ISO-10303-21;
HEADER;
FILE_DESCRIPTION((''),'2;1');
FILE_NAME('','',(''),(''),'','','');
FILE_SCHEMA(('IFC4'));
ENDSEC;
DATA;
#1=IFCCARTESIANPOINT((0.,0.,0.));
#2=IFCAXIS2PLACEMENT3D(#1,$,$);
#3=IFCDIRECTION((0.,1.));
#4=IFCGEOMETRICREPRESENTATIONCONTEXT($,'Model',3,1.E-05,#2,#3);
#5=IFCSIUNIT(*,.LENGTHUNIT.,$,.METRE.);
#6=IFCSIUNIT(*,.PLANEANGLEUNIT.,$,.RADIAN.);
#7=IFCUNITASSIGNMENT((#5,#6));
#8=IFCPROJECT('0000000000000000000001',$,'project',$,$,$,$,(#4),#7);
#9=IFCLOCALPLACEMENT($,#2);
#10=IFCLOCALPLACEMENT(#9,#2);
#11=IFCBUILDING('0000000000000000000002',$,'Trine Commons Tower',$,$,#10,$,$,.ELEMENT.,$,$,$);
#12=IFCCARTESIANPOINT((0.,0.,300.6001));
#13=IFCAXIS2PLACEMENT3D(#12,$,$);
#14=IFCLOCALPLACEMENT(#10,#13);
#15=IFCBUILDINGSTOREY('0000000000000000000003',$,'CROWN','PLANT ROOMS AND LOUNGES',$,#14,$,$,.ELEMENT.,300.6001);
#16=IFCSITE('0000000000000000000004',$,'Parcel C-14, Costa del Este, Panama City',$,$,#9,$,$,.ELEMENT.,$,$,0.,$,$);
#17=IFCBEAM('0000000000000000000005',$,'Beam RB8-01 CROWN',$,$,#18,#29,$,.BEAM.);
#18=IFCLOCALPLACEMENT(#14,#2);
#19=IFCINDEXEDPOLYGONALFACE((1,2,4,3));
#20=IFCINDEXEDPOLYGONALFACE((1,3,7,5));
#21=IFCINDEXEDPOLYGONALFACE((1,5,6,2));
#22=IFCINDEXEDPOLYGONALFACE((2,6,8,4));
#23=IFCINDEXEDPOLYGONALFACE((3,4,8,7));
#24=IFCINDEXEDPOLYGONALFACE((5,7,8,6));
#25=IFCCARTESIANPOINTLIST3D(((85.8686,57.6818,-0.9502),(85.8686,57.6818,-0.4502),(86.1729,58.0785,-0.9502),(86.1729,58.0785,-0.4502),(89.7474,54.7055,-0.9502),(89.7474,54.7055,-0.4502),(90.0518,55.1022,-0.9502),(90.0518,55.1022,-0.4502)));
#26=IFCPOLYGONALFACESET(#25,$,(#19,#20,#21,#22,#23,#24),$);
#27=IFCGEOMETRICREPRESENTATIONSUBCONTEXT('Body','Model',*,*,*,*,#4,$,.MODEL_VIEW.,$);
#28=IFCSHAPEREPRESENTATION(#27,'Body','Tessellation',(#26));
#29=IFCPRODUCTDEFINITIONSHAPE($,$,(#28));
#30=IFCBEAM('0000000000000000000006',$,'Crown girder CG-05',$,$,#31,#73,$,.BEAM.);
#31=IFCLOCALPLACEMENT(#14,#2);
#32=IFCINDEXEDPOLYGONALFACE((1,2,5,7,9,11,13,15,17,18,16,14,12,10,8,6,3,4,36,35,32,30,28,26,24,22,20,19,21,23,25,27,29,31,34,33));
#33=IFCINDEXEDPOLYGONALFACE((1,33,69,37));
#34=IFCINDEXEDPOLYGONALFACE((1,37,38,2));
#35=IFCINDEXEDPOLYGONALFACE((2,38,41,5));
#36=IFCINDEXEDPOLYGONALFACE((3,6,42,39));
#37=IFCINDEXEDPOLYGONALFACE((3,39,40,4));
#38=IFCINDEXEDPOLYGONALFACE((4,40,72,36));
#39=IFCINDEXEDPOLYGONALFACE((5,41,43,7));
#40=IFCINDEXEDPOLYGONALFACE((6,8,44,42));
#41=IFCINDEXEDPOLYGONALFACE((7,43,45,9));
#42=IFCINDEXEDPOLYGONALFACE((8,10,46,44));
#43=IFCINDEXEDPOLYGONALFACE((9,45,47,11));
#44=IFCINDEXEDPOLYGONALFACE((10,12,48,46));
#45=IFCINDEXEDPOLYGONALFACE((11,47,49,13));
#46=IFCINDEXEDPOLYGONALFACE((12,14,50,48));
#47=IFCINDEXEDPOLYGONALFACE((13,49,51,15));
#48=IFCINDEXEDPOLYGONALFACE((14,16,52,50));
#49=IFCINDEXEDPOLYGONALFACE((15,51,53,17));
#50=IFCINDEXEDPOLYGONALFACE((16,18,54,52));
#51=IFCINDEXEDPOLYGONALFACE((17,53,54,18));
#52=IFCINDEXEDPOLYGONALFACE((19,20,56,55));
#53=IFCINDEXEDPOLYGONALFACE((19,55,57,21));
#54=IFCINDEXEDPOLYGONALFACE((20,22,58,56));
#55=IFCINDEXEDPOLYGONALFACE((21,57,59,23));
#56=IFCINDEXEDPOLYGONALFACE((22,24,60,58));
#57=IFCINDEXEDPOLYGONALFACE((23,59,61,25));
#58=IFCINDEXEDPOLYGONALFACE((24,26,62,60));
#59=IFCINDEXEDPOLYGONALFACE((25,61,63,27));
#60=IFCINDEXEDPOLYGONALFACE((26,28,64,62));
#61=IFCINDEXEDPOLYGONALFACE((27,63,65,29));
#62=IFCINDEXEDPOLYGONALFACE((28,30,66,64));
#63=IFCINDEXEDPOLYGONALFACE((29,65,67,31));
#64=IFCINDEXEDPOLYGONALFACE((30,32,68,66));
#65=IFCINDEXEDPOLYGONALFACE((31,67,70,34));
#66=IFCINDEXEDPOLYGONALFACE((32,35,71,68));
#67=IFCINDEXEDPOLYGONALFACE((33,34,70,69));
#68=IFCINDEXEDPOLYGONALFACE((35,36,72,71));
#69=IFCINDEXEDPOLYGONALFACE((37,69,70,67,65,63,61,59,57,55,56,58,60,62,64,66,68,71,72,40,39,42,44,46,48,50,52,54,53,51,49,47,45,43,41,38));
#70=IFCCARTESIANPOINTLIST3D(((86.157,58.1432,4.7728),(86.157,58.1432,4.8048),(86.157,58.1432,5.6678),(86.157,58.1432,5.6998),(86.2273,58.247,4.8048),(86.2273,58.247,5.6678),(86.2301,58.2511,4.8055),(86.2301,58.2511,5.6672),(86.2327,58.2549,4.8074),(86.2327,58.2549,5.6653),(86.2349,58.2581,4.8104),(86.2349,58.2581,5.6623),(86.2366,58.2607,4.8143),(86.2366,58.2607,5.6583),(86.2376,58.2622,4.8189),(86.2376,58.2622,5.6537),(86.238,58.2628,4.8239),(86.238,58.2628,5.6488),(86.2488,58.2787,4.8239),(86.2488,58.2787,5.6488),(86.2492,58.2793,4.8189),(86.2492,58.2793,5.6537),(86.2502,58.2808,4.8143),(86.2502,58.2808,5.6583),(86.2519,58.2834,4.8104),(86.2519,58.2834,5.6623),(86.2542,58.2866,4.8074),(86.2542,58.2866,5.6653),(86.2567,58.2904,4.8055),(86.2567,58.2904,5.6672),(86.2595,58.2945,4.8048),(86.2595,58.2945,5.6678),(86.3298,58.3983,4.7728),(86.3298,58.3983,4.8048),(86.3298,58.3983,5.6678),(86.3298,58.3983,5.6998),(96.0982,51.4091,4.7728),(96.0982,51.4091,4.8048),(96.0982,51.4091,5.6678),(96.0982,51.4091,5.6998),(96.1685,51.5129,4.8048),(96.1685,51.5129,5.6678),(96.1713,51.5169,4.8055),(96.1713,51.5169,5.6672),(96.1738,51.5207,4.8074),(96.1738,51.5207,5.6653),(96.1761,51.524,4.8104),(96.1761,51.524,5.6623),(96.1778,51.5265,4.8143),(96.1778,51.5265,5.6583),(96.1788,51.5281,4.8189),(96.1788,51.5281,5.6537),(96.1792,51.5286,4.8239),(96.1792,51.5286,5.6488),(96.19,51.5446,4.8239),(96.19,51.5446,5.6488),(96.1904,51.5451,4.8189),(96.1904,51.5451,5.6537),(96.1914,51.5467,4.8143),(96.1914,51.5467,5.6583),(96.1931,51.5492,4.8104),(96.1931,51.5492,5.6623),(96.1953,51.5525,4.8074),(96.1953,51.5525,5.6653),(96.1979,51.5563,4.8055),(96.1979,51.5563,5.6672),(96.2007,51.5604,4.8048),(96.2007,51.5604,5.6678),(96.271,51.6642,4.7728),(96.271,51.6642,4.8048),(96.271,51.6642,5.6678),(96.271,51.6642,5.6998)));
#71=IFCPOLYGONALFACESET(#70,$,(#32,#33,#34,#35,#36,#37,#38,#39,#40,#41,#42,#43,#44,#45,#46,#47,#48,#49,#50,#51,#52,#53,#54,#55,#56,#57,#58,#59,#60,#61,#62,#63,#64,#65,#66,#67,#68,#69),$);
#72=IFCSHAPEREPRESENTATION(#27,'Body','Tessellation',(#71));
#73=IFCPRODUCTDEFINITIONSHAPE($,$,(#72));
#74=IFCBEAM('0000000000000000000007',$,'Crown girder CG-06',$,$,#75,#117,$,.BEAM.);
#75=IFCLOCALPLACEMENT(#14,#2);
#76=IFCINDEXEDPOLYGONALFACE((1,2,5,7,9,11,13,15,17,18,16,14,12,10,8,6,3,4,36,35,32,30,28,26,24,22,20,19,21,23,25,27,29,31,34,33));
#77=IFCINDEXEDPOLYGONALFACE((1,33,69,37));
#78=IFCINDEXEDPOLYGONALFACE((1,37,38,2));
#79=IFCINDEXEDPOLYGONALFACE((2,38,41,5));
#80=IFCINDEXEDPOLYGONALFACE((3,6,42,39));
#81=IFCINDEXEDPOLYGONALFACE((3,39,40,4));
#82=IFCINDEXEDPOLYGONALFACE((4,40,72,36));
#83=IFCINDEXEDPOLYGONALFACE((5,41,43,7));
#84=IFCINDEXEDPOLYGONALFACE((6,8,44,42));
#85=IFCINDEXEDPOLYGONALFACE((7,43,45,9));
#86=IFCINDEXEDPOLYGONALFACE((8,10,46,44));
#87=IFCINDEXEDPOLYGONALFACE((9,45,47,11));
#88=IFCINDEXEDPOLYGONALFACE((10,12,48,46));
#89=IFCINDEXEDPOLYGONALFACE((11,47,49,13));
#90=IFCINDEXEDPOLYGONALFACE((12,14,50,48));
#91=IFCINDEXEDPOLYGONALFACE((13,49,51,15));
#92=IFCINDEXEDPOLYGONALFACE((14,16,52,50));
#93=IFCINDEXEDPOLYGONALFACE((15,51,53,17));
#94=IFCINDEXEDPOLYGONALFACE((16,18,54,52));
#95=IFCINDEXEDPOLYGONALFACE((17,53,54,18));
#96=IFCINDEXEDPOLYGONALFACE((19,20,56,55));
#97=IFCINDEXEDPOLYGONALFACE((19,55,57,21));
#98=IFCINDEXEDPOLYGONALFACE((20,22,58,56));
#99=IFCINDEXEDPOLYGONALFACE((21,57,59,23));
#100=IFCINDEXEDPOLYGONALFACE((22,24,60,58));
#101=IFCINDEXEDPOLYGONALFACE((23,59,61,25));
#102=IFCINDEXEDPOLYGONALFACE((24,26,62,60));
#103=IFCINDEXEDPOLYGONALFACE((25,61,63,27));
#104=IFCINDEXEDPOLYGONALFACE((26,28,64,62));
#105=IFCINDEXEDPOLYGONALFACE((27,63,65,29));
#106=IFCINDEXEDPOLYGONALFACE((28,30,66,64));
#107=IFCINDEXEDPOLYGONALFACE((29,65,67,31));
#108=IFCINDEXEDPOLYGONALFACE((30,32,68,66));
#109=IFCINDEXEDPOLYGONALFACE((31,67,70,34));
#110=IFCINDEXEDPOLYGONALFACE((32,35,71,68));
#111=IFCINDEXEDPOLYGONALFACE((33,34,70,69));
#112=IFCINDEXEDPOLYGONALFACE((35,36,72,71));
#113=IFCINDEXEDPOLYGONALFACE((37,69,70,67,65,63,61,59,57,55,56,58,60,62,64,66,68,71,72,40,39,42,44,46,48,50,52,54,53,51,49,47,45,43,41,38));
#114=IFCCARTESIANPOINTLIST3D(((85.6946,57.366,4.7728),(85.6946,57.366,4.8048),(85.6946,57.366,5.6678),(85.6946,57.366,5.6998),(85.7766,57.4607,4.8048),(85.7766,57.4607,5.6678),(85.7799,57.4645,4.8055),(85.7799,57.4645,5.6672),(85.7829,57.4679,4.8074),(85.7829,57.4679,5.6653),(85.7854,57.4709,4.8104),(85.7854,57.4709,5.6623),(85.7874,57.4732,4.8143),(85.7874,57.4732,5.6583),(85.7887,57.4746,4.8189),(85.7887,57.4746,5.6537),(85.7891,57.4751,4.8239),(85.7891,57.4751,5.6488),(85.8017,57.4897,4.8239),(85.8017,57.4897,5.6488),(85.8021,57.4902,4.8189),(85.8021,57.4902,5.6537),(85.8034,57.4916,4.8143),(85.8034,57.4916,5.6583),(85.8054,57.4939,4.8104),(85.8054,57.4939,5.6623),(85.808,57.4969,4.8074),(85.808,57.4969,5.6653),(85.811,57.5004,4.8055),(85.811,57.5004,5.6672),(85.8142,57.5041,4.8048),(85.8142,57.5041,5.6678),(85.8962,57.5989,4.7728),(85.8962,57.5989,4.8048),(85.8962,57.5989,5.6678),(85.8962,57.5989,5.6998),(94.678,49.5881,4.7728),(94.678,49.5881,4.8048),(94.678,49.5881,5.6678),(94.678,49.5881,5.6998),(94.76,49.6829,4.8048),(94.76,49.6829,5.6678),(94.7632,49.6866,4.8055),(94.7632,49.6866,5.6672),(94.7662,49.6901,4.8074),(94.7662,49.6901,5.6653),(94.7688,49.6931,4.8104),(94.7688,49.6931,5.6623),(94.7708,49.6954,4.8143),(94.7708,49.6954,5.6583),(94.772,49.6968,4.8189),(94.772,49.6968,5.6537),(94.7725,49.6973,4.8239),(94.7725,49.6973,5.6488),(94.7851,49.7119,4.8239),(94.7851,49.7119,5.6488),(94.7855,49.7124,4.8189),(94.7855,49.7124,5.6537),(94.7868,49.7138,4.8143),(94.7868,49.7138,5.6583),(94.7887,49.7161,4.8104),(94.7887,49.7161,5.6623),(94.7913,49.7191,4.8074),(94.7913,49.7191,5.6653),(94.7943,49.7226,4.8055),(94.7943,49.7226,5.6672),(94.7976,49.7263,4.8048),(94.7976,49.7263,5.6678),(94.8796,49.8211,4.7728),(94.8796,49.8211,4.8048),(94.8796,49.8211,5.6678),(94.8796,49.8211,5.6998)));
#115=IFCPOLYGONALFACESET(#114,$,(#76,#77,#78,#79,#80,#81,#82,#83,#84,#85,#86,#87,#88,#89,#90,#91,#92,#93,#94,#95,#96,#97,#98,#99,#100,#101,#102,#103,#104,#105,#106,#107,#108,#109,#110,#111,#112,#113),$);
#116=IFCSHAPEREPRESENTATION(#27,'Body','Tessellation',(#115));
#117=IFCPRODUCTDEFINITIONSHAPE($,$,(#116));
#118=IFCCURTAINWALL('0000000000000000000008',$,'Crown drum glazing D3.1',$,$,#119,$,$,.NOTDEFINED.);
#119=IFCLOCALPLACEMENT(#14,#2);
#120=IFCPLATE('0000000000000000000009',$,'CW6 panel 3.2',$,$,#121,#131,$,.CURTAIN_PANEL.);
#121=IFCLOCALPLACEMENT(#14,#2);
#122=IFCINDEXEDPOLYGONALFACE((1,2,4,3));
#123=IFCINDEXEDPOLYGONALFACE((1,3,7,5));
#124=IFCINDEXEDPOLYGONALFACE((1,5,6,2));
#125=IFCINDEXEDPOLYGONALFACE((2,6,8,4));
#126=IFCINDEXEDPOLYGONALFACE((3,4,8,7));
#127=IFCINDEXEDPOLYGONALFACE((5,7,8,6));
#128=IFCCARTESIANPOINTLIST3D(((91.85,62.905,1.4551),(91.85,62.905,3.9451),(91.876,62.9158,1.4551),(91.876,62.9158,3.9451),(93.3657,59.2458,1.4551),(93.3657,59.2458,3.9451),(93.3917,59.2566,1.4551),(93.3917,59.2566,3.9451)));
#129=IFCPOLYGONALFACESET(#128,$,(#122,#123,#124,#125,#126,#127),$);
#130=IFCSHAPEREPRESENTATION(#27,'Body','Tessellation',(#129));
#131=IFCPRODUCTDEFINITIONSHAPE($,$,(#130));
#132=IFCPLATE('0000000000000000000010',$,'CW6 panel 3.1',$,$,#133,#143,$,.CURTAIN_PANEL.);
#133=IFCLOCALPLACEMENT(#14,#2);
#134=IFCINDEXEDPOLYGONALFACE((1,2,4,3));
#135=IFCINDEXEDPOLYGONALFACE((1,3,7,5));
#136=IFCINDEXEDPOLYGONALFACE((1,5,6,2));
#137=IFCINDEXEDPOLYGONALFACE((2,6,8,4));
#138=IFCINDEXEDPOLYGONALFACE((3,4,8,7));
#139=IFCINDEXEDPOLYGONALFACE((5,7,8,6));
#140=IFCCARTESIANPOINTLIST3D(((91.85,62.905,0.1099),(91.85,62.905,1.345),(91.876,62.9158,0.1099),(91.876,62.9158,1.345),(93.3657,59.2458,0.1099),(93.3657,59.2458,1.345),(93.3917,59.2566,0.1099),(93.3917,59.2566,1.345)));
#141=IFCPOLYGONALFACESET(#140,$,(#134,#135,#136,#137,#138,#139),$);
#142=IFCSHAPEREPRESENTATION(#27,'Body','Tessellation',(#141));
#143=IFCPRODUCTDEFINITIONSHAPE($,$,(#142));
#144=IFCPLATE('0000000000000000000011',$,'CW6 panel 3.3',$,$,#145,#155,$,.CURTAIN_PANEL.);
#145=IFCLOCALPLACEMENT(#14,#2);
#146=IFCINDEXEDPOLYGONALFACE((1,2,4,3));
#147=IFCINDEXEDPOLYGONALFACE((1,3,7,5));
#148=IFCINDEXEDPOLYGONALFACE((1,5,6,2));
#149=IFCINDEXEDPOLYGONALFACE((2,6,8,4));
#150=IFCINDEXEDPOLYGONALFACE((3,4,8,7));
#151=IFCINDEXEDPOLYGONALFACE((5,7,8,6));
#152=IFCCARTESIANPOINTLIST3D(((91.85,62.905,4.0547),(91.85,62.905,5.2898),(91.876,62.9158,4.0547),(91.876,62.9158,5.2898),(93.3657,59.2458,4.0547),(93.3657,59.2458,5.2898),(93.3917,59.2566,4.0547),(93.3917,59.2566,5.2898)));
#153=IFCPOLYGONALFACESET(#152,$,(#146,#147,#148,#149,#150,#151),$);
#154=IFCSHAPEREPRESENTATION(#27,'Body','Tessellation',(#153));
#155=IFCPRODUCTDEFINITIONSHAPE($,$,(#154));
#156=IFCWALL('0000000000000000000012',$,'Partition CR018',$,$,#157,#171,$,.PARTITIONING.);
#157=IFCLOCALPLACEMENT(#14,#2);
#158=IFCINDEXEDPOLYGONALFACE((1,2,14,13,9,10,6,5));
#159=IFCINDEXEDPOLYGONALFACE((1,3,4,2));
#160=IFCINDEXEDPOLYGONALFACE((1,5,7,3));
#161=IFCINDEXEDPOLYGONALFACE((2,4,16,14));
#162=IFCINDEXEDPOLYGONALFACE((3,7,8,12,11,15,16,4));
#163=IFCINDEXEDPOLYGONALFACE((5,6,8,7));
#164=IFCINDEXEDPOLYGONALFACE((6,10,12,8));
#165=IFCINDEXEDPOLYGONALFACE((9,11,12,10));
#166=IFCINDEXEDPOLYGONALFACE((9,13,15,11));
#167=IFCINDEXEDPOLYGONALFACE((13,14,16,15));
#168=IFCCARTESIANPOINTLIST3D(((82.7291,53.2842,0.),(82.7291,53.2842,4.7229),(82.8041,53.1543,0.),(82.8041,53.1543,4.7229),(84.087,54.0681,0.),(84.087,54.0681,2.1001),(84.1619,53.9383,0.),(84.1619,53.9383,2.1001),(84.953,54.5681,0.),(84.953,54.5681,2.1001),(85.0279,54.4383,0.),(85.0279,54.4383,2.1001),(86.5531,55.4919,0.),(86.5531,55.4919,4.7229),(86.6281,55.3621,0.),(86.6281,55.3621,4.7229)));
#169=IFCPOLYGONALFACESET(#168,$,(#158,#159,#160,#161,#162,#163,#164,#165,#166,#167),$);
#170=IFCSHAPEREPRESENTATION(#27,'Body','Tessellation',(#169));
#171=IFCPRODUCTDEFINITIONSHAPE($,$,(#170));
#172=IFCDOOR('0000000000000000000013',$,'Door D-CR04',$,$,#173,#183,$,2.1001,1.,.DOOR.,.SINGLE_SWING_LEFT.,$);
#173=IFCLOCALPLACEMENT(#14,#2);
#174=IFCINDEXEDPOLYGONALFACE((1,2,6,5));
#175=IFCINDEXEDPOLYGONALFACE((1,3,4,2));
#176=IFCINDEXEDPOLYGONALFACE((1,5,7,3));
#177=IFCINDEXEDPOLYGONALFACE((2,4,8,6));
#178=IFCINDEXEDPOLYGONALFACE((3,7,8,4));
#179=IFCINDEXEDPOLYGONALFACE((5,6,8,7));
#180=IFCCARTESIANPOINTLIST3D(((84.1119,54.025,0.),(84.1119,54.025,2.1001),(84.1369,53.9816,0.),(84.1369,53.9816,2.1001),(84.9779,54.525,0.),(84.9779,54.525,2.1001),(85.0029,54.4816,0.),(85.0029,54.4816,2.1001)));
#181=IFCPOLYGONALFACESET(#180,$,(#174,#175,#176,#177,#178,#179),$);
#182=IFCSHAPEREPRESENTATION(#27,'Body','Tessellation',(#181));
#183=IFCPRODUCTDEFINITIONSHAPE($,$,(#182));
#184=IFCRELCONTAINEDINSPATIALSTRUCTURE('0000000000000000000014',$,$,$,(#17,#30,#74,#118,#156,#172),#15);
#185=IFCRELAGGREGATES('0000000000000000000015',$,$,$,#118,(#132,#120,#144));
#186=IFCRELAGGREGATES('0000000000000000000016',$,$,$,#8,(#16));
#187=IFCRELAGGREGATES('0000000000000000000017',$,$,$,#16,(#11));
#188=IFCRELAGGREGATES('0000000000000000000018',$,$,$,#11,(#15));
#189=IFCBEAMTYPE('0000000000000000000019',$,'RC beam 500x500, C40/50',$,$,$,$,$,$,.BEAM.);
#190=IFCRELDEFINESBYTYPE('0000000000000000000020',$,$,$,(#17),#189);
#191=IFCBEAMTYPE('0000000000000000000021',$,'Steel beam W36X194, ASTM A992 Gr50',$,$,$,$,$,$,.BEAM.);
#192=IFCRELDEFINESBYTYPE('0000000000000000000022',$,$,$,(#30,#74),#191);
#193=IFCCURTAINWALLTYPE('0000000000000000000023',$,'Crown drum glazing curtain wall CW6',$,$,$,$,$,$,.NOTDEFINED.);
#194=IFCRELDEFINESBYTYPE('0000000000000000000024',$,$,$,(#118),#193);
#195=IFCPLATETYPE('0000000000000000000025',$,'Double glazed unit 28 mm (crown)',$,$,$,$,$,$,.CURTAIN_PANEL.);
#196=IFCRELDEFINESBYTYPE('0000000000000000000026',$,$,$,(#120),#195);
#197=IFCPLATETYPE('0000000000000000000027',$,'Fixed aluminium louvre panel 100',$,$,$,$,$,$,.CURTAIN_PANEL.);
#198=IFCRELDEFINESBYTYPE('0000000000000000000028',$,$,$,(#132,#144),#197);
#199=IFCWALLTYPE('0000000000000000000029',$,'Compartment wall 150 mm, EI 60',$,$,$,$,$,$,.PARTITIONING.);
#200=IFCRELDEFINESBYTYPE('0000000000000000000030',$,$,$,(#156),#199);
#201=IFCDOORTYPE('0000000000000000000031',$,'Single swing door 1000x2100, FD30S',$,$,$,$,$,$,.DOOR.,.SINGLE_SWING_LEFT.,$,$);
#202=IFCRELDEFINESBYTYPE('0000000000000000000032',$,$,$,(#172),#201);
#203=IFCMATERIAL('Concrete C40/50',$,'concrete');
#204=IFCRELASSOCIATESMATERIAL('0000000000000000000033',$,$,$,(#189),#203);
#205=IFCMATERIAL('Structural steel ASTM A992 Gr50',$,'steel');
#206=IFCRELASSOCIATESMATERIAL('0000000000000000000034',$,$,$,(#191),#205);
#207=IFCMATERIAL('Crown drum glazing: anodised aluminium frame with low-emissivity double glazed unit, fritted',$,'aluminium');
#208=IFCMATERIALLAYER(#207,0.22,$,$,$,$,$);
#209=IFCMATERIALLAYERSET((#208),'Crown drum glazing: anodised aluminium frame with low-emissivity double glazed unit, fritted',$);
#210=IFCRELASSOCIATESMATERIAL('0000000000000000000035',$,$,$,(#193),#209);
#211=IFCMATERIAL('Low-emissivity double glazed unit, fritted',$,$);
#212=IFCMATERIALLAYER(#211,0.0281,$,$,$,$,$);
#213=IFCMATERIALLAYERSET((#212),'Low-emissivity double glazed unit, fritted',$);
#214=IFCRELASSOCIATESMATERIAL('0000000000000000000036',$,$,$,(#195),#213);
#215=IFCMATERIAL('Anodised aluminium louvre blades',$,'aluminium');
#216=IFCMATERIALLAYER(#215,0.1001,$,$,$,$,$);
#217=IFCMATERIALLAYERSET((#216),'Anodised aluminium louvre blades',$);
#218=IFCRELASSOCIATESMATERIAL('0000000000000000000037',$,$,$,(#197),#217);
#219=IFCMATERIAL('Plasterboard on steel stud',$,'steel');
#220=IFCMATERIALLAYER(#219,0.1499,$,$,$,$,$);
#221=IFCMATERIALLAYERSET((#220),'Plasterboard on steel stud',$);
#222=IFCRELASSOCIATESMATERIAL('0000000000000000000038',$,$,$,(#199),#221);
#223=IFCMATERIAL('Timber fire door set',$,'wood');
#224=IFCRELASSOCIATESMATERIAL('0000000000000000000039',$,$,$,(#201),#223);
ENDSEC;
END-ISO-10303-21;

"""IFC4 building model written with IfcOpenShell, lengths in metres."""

from ifc_helpers import new_model, si_unit, direction, frame, frame_2d, origin, origin_2d, place, context, subcontext, project, spatial, rectangle, i_section, extrude, material, layer, layer_set, material_profile, profile_set, type_object, element, fill, aggregate, save


model = new_model("IFC4")

# Units and contexts
model_context = context("Model", 3, precision=1e-05, world=origin(), true_north=direction((0.0, 1.0)))
body_context = subcontext(model_context, "Body", "Model", "MODEL_VIEW")
ifc_project = project(units=[si_unit("LENGTHUNIT", "METRE"), si_unit("PLANEANGLEUNIT", "RADIAN")], contexts=[model_context])

# Site, building, storey
site_placement = place(None, origin())
site = spatial("IfcSite", under=ifc_project, at=site_placement, Name="Parcel C-14, Costa del Este, Panama City", CompositionType="ELEMENT", RefElevation=0.0)
building_placement = place(site_placement, origin())
building = spatial("IfcBuilding", under=site, at=building_placement, Name="Trine Commons Tower", CompositionType="ELEMENT")
storey_placement = place(building_placement, frame((0.0, 0.0, 300.6001)))
storey = spatial("IfcBuildingStorey", under=building, at=storey_placement, Name="CROWN", Description="PLANT ROOMS AND LOUNGES", CompositionType="ELEMENT", Elevation=300.6001)

# Beams
ifc_material_1 = material(Name="Concrete C40/50", Category="concrete")
ifc_material_profile_1 = material_profile(ifc_material_1, rectangle(XDim=0.5, YDim=0.5, at=origin_2d()), Name="RC 500x500")
ifc_profile_set_1 = profile_set([ifc_material_profile_1], Name="Concrete C40/50")
beam_type_1 = type_object("IfcBeamType", Name="RC beam 500x500, C40/50", PredefinedType="BEAM", material=ifc_profile_set_1)
beam_1_placement = place(storey_placement, frame((86.0208, 57.8801, -0.7002), z_axis=(0.79336, -0.608752, 0.0), x_axis=(0.608752, 0.79336, 0.0)))
element("IfcBeam", 1, at=beam_1_placement, inside=storey, type_object=beam_type_1, Name="Beam RB8-01 CROWN", PredefinedType="BEAM", context=body_context, shape_type="SweptSolid", body=[
    extrude(rectangle(XDim=0.5, YDim=0.5, at=origin_2d()), origin(), (0.0, 0.0, 1.0), 4.8892),
])
ifc_material_2 = material(Name="Structural steel ASTM A992 Gr50", Category="steel")
ifc_material_profile_2 = material_profile(ifc_material_2, i_section(OverallWidth=0.3081, OverallDepth=0.927, WebThickness=0.0193, FlangeThickness=0.032, FilletRadius=0.019, at=origin_2d()), Name="W36X194")
ifc_profile_set_2 = profile_set([ifc_material_profile_2], Name="Structural steel ASTM A992 Gr50")
beam_type_2 = type_object("IfcBeamType", Name="Steel beam W36X194, ASTM A992 Gr50", PredefinedType="BEAM", material=ifc_profile_set_2)
beam_2_placement = place(storey_placement, frame((86.2434, 58.2708, 5.2363), z_axis=(0.827927, -0.560836, 0.0), x_axis=(0.560836, 0.827927, 0.0)))
element("IfcBeam", 2, at=beam_2_placement, inside=storey, type_object=beam_type_2, Name="Crown girder CG-05", PredefinedType="BEAM", context=body_context, shape_type="SweptSolid", body=[
    extrude(i_section(OverallWidth=0.3081, OverallDepth=0.927, WebThickness=0.0193, FlangeThickness=0.032, FilletRadius=0.019, at=origin_2d()), origin(), (0.0, 0.0, 1.0), 12.0073),
])
beam_3_placement = place(storey_placement, frame((85.7954, 57.4824, 5.2363), z_axis=(0.756013, -0.654557, 0.0), x_axis=(0.654557, 0.756013, 0.0)))
element("IfcBeam", 3, at=beam_3_placement, inside=storey, type_object=beam_type_2, Name="Crown girder CG-06", PredefinedType="BEAM", context=body_context, shape_type="SweptSolid", body=[
    extrude(i_section(OverallWidth=0.3081, OverallDepth=0.927, WebThickness=0.0193, FlangeThickness=0.032, FilletRadius=0.019, at=origin_2d()), origin(), (0.0, 0.0, 1.0), 11.8826),
])

# Curtain wall, plates
ifc_material_3 = material(Name="Crown drum glazing: anodised aluminium frame with low-emissivity double glazed unit, fritted", Category="aluminium")
ifc_layer_1 = layer(ifc_material_3, 0.22)
ifc_layer_set_1 = layer_set([ifc_layer_1], Name="Crown drum glazing: anodised aluminium frame with low-emissivity double glazed unit, fritted")
curtain_wall_type = type_object("IfcCurtainWallType", Name="Crown drum glazing curtain wall CW6", PredefinedType="NOTDEFINED", material=ifc_layer_set_1)
curtain_wall_placement = place(storey_placement, origin())
curtain_wall = element("IfcCurtainWall", 4, at=curtain_wall_placement, inside=storey, type_object=curtain_wall_type, Name="Crown drum glazing D3.1", PredefinedType="NOTDEFINED")
ifc_material_4 = material(Name="Low-emissivity double glazed unit, fritted")
ifc_layer_2 = layer(ifc_material_4, 0.0281)
ifc_layer_set_2 = layer_set([ifc_layer_2], Name="Low-emissivity double glazed unit, fritted")
plate_type_1 = type_object("IfcPlateType", Name="Double glazed unit 28 mm (crown)", PredefinedType="CURTAIN_PANEL", material=ifc_layer_set_2)
plate_1_placement = place(storey_placement, frame((92.6208, 61.0808, 1.4551), z_axis=(0.0, 0.0, 1.0), x_axis=(-0.382683, 0.92388, 0.0)))
plate_1 = element("IfcPlate", 5, at=plate_1_placement, type_object=plate_type_1, Name="CW6 panel 3.2", PredefinedType="CURTAIN_PANEL", context=body_context, shape_type="SweptSolid", body=[
    extrude(rectangle(XDim=3.9607, YDim=0.0281, at=origin_2d()), origin(), (0.0, 0.0, 1.0), 2.49),
])
ifc_material_5 = material(Name="Anodised aluminium louvre blades", Category="aluminium")
ifc_layer_3 = layer(ifc_material_5, 0.1001)
ifc_layer_set_3 = layer_set([ifc_layer_3], Name="Anodised aluminium louvre blades")
plate_type_2 = type_object("IfcPlateType", Name="Fixed aluminium louvre panel 100", PredefinedType="CURTAIN_PANEL", material=ifc_layer_set_3)
plate_2_placement = place(storey_placement, frame((92.6208, 61.0808, 0.1099), z_axis=(0.0, 0.0, 1.0), x_axis=(-0.382683, 0.92388, 0.0)))
plate_2 = element("IfcPlate", 6, at=plate_2_placement, type_object=plate_type_2, Name="CW6 panel 3.1", PredefinedType="CURTAIN_PANEL", context=body_context, shape_type="SweptSolid", body=[
    extrude(rectangle(XDim=3.9607, YDim=0.0281, at=origin_2d()), origin(), (0.0, 0.0, 1.0), 1.2351),
])
plate_3_placement = place(storey_placement, frame((92.6208, 61.0808, 4.0547), z_axis=(0.0, 0.0, 1.0), x_axis=(-0.382683, 0.92388, 0.0)))
plate_3 = element("IfcPlate", 7, at=plate_3_placement, type_object=plate_type_2, Name="CW6 panel 3.3", PredefinedType="CURTAIN_PANEL", context=body_context, shape_type="SweptSolid", body=[
    extrude(rectangle(XDim=3.9607, YDim=0.0281, at=origin_2d()), origin(), (0.0, 0.0, 1.0), 1.2351),
])
aggregate(curtain_wall, [plate_2, plate_1, plate_3])

# Wall, opening, door
ifc_material_6 = material(Name="Plasterboard on steel stud", Category="steel")
ifc_layer_4 = layer(ifc_material_6, 0.1499)
ifc_layer_set_4 = layer_set([ifc_layer_4], Name="Plasterboard on steel stud")
wall_type_1 = type_object("IfcWallType", Name="Compartment wall 150 mm, EI 60", PredefinedType="PARTITIONING", material=ifc_layer_set_4)
wall_1_placement = place(storey_placement, frame((86.5906, 55.427, 0.0), z_axis=(0.0, 0.0, 1.0), x_axis=(-0.866026, -0.499998, 0.0)))
wall_1 = element("IfcWall", 8, at=wall_1_placement, inside=storey, type_object=wall_type_1, Name="Partition CR018", PredefinedType="PARTITIONING", context=body_context, shape_type="SweptSolid", body=[
    extrude(rectangle(XDim=4.4155, YDim=0.1499, at=frame_2d((2.2078, 0.0))), origin(), (0.0, 0.0, 1.0), 4.7229),
])
opening_1_placement = place(wall_1_placement, frame((1.8477, 0.0, 0.0)))
opening_1 = element("IfcOpeningElement", 9, at=opening_1_placement, cuts=wall_1, PredefinedType="OPENING", context=body_context, shape_type="SweptSolid", body=[
    extrude(rectangle(XDim=1.0, YDim=2.1001, at=frame_2d((0.5, 1.05))), frame((0.0, 0.085, 0.0), z_axis=(0.0, -1.0, 0.0), x_axis=(1.0, 0.0, 0.0)), (0.0, 0.0, 1.0), 0.1699),
])
ifc_material_7 = material(Name="Timber fire door set", Category="wood")
door_type_1 = type_object("IfcDoorType", Name="Single swing door 1000x2100, FD30S", OperationType="SINGLE_SWING_LEFT", PredefinedType="DOOR", material=ifc_material_7)
door_1_placement = place(opening_1_placement, origin())
door_1 = element("IfcDoor", 10, at=door_1_placement, inside=storey, type_object=door_type_1, Name="Door D-CR04", OperationType="SINGLE_SWING_LEFT", OverallHeight=2.1001, OverallWidth=1.0, PredefinedType="DOOR", context=body_context, shape_type="SweptSolid", body=[
    extrude(rectangle(XDim=1.0, YDim=2.1001, at=frame_2d((0.5, 1.05))), frame((0.0, 0.0249, 0.0), z_axis=(0.0, -1.0, 0.0), x_axis=(1.0, 0.0, 0.0)), (0.0, 0.0, 1.0), 0.05),
])
fill(opening_1, door_1)

save(model, "model.ifc")
